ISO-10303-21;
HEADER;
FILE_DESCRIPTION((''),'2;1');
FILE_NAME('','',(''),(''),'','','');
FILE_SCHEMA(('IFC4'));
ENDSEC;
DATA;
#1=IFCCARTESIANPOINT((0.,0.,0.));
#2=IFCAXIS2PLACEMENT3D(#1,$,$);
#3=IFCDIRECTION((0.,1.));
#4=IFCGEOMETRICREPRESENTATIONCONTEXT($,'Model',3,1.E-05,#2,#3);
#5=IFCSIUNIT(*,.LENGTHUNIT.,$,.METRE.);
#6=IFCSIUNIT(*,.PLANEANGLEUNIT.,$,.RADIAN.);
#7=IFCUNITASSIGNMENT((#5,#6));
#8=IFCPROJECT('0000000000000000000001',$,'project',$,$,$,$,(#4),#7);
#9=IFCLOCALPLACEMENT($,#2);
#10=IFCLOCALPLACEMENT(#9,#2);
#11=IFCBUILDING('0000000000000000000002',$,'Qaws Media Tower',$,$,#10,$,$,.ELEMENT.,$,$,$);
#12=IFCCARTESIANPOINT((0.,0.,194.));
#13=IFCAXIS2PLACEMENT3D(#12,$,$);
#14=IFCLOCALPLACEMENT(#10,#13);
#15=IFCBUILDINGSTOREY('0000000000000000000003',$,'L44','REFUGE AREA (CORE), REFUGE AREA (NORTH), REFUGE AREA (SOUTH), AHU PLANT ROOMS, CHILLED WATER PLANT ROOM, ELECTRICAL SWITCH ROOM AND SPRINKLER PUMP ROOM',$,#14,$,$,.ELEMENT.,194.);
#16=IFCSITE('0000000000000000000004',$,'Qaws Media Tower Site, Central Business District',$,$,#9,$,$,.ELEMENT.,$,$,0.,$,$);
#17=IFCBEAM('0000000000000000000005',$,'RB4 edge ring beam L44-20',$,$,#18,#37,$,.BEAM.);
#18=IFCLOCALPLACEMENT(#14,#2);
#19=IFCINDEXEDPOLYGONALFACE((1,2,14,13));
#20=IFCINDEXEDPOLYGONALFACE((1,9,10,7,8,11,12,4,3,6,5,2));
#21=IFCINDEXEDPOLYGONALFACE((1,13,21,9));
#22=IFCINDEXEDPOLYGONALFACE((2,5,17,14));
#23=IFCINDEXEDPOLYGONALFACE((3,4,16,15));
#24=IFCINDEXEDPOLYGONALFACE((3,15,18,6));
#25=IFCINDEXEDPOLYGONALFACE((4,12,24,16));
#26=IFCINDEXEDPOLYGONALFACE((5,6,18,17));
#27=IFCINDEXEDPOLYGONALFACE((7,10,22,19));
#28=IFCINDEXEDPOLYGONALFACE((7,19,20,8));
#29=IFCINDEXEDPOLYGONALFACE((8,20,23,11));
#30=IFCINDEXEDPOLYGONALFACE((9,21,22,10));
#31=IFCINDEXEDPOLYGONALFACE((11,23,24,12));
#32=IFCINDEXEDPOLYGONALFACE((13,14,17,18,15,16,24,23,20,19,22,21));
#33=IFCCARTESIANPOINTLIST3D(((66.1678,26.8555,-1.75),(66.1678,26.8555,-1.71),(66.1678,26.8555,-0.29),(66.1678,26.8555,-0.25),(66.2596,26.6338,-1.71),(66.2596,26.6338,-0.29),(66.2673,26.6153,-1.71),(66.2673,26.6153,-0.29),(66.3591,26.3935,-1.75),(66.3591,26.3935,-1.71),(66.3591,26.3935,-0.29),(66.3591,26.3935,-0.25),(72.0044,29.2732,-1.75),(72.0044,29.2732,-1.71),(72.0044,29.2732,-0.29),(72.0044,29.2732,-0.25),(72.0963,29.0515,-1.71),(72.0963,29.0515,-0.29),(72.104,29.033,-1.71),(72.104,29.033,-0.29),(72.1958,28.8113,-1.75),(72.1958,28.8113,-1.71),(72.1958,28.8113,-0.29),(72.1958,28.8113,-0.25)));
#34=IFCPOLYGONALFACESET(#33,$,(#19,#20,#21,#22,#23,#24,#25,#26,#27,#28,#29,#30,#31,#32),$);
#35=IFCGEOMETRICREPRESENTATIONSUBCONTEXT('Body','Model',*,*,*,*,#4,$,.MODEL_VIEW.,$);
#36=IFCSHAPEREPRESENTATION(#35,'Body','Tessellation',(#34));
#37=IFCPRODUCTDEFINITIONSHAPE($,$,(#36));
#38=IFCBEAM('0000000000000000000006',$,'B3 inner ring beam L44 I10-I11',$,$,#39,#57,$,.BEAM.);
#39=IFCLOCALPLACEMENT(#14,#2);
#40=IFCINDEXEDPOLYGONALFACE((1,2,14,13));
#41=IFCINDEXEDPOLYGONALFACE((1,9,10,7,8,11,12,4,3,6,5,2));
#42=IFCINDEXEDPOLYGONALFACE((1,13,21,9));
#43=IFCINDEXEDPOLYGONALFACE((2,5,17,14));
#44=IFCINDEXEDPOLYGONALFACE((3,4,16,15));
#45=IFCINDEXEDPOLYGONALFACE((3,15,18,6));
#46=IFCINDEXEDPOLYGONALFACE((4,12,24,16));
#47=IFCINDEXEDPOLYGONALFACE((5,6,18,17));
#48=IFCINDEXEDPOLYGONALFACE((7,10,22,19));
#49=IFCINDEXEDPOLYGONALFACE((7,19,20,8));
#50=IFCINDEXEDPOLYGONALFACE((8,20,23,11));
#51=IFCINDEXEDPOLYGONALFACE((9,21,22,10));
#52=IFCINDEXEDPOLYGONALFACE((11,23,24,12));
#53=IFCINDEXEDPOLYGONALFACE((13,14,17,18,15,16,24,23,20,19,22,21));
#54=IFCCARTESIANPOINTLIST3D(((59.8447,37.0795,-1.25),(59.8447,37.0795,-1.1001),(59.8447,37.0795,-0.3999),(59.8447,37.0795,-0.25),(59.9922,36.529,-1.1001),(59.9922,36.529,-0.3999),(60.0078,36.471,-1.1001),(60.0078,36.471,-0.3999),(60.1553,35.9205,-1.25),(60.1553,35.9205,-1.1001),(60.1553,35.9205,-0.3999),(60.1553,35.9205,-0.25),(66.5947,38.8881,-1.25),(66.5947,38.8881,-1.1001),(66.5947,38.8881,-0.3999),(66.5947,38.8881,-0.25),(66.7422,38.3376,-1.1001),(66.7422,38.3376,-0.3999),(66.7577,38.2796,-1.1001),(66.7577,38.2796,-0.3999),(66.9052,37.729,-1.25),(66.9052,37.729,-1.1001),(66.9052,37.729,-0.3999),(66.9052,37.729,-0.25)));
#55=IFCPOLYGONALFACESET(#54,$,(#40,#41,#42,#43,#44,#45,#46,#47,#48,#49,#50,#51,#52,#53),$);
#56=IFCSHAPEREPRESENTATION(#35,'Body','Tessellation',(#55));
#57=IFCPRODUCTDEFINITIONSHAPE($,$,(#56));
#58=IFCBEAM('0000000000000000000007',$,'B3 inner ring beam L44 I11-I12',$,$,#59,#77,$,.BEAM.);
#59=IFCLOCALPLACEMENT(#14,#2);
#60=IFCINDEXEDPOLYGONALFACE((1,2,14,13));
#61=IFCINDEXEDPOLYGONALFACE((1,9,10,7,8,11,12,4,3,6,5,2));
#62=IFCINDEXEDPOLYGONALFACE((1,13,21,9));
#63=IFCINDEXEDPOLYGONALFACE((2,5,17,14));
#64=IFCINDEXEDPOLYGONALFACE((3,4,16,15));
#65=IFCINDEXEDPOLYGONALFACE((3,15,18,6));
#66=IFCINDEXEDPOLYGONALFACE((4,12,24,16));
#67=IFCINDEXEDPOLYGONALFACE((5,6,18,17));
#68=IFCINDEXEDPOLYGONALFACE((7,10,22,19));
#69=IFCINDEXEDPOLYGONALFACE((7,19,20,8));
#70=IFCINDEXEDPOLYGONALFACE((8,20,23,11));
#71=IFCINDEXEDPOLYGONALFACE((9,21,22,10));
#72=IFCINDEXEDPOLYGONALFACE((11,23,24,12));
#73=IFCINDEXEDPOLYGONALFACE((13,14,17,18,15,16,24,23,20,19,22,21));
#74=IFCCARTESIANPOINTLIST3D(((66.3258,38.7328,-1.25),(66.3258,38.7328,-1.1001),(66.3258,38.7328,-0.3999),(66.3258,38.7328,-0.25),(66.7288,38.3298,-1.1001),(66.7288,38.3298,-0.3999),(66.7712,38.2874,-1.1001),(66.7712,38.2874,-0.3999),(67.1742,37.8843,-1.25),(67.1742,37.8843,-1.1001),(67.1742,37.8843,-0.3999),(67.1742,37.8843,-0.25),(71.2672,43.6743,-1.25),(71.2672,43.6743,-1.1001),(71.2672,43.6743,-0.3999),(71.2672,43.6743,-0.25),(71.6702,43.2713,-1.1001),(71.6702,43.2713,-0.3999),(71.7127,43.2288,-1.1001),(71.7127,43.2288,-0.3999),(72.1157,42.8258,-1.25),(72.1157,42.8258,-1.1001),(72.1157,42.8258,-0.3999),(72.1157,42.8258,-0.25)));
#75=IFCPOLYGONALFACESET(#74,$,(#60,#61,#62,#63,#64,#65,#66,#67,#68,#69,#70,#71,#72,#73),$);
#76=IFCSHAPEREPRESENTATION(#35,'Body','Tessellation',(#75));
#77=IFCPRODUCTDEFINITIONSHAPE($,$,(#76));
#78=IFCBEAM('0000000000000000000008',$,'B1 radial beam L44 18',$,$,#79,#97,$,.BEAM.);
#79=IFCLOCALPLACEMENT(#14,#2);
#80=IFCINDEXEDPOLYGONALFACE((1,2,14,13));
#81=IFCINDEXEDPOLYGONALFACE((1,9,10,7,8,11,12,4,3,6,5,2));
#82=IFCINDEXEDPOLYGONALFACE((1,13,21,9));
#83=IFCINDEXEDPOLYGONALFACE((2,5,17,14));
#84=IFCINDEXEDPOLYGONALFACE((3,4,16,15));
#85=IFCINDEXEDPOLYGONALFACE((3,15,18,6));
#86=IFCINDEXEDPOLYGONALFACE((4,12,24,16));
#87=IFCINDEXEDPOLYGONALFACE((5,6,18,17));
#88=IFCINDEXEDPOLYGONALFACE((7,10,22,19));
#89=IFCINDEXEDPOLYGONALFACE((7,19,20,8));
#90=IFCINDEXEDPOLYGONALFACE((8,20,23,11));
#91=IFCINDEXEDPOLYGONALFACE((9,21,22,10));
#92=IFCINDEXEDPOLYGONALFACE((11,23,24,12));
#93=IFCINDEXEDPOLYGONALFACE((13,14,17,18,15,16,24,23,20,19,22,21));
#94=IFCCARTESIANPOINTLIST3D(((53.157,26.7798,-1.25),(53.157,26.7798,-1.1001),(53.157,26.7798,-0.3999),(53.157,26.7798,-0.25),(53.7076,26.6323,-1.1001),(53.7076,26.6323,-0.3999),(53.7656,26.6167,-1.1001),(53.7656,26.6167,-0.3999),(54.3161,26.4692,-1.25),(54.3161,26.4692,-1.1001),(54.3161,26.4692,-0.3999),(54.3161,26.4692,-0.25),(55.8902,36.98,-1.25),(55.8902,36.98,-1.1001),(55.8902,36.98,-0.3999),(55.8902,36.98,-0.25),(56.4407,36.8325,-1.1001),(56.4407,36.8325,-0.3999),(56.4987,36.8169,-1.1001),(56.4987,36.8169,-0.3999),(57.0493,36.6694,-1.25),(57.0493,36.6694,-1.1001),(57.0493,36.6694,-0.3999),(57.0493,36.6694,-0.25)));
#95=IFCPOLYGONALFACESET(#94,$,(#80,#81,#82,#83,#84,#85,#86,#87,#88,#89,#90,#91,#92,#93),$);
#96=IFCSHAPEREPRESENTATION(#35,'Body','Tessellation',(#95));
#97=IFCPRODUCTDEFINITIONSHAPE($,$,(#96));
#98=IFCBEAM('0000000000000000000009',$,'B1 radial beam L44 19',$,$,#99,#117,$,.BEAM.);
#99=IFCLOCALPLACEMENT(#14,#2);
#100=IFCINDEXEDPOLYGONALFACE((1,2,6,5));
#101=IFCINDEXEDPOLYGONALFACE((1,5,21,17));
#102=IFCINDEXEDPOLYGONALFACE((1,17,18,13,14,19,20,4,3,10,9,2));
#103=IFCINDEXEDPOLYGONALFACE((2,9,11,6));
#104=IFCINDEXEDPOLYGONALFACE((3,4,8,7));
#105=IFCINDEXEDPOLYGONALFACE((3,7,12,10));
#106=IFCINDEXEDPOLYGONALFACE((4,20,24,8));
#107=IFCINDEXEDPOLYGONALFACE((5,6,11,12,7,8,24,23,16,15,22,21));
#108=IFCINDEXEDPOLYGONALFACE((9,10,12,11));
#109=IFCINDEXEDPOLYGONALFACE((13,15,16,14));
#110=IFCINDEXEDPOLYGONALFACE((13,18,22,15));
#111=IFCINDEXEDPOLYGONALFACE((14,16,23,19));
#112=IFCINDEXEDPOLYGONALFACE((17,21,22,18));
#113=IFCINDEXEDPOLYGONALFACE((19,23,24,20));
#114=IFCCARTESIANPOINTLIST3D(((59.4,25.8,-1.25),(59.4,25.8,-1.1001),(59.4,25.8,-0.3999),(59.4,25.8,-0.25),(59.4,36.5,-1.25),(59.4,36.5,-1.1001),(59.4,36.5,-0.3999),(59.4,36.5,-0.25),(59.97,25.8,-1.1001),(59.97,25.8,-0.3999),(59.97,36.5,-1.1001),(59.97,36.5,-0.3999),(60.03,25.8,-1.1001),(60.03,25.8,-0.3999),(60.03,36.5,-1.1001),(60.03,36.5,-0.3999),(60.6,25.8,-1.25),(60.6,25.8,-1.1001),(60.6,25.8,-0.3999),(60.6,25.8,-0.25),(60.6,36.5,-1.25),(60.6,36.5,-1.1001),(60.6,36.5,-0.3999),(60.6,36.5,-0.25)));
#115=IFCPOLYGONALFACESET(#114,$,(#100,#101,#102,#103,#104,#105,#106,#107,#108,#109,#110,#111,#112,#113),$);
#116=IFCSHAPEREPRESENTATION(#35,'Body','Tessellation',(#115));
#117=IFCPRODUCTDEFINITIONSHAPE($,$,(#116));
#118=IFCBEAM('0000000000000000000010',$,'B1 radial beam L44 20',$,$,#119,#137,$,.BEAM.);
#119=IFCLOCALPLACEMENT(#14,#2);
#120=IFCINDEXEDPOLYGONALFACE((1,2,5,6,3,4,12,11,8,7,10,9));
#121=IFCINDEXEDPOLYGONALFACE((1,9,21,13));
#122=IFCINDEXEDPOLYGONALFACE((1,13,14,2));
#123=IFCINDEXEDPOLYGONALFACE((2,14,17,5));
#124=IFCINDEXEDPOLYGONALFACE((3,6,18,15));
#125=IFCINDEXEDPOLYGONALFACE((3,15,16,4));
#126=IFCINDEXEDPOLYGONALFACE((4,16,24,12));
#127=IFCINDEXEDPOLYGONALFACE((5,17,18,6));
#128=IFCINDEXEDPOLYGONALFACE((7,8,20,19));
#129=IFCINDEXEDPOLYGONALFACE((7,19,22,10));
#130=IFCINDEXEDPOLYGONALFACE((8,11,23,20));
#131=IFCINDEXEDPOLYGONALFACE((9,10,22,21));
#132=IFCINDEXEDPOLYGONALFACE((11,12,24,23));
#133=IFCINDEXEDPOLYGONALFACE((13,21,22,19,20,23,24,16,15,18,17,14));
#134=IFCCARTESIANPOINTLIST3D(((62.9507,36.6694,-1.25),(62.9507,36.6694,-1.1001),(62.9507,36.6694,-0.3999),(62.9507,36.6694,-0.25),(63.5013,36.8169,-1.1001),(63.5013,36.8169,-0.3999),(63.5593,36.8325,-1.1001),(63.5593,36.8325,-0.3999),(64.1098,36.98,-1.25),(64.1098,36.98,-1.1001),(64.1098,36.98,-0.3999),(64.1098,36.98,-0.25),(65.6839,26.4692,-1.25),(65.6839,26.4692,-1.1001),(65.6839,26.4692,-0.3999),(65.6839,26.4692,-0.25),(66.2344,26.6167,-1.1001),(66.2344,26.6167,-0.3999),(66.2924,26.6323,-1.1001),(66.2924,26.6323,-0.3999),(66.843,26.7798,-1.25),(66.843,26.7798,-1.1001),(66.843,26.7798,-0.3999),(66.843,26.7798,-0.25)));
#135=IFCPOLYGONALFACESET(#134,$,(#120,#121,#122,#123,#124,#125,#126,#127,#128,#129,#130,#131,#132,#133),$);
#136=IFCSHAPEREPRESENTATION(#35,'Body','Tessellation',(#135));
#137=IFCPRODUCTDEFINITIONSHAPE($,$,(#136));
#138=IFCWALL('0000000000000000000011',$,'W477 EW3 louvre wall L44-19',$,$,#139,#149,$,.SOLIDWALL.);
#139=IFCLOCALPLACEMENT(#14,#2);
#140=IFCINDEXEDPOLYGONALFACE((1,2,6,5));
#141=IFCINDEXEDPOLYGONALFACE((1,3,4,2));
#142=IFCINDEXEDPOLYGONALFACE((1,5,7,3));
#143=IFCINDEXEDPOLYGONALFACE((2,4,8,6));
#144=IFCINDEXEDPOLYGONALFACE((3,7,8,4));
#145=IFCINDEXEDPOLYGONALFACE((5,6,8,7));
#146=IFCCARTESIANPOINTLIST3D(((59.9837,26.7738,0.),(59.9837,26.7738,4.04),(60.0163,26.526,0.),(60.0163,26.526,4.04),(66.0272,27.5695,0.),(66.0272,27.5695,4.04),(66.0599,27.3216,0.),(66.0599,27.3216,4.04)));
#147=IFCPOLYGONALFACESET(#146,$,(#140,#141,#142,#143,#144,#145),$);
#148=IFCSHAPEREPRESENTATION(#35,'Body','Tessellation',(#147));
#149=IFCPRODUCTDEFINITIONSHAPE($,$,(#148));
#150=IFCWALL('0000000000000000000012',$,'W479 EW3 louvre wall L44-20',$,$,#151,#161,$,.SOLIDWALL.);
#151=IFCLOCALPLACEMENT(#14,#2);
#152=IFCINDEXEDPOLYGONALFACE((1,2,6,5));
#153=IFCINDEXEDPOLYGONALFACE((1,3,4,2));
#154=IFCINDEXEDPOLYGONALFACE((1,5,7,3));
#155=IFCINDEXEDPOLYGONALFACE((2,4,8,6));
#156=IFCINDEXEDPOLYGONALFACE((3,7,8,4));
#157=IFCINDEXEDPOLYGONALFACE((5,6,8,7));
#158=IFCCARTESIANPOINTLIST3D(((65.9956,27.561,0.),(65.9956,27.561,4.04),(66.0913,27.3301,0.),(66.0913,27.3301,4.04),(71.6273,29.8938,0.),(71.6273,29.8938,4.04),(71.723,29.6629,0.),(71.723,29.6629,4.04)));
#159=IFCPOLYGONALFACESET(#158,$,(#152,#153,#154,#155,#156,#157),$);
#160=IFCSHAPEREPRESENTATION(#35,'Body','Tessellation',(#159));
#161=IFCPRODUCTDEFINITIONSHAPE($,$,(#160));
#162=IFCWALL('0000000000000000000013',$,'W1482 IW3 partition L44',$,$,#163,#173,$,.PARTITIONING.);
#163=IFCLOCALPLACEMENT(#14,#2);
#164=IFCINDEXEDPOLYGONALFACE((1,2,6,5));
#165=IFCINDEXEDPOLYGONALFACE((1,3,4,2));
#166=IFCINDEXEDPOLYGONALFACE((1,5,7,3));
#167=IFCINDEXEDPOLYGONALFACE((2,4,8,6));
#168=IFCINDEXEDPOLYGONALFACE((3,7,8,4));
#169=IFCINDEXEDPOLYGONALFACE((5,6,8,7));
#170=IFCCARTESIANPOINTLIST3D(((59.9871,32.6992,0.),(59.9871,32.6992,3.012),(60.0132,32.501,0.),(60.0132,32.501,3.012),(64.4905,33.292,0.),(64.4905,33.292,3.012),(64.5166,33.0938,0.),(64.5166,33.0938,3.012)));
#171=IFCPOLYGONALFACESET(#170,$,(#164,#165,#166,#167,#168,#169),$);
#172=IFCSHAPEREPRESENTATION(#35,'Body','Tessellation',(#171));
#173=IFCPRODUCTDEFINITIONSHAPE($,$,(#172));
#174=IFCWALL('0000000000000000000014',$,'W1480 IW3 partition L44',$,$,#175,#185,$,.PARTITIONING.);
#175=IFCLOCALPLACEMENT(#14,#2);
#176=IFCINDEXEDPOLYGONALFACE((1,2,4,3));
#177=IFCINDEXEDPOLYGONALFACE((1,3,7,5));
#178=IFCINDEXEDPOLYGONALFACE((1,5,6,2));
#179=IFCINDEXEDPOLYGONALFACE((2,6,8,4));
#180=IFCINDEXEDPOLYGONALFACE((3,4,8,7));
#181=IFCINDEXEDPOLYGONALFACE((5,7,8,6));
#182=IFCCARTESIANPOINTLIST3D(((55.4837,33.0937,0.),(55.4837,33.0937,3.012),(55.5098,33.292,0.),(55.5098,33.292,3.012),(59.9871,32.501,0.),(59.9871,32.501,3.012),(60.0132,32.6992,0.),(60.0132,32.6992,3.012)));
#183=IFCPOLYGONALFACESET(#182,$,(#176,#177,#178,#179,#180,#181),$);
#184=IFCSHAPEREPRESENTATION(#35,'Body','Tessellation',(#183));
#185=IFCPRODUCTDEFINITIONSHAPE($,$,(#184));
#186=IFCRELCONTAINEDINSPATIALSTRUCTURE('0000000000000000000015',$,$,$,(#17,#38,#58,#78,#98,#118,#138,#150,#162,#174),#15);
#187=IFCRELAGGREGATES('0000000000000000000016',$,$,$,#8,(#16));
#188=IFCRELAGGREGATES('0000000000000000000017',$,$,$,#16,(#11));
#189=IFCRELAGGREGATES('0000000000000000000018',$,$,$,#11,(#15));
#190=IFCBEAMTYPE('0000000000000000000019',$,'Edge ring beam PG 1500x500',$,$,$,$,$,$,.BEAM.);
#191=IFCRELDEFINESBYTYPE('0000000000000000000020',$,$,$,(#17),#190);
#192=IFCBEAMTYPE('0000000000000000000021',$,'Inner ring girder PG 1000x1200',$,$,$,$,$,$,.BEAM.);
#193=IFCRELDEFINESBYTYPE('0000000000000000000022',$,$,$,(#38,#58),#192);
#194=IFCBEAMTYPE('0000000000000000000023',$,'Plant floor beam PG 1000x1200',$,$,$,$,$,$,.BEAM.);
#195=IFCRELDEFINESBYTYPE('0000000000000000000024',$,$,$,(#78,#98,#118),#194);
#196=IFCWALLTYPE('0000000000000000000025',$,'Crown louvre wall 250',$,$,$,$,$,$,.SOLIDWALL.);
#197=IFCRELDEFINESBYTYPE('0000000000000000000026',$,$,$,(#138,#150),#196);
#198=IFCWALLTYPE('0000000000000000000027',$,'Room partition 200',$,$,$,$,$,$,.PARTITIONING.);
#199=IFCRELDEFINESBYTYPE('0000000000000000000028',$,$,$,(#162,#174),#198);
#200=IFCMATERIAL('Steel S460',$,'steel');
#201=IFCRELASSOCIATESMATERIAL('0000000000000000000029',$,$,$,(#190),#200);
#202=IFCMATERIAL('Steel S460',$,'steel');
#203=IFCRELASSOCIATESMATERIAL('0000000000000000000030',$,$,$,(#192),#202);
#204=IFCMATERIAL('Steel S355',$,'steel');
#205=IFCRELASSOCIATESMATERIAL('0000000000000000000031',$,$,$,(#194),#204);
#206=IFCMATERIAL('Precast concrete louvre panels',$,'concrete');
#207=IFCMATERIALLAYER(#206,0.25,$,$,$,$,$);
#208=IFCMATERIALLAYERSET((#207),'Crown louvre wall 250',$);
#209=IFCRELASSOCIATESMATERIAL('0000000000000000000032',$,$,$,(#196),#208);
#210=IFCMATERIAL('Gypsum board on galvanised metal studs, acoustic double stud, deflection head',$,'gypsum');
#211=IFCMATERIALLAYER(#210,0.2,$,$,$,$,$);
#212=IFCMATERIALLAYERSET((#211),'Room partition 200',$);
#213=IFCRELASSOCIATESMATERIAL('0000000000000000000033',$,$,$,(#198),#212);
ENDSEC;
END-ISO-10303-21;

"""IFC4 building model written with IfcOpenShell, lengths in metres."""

from ifc_helpers import new_model, si_unit, direction, frame, frame_2d, origin, origin_2d, place, context, subcontext, project, spatial, rectangle, i_section, extrude, material, layer, layer_set, material_profile, profile_set, type_object, element, save


model = new_model("IFC4")

# Units and contexts
model_context = context("Model", 3, precision=1e-05, world=origin(), true_north=direction((0.0, 1.0)))
body_context = subcontext(model_context, "Body", "Model", "MODEL_VIEW")
ifc_project = project(units=[si_unit("LENGTHUNIT", "METRE"), si_unit("PLANEANGLEUNIT", "RADIAN")], contexts=[model_context])

# Site, building, storey
site_placement = place(None, origin())
site = spatial("IfcSite", under=ifc_project, at=site_placement, Name="Qaws Media Tower Site, Central Business District", CompositionType="ELEMENT", RefElevation=0.0)
building_placement = place(site_placement, origin())
building = spatial("IfcBuilding", under=site, at=building_placement, Name="Qaws Media Tower", CompositionType="ELEMENT")
storey_placement = place(building_placement, frame((0.0, 0.0, 194.0)))
storey = spatial("IfcBuildingStorey", under=building, at=storey_placement, Name="L44", Description="REFUGE AREA (CORE), REFUGE AREA (NORTH), REFUGE AREA (SOUTH), AHU PLANT ROOMS, CHILLED WATER PLANT ROOM, ELECTRICAL SWITCH ROOM AND SPRINKLER PUMP ROOM", CompositionType="ELEMENT", Elevation=194.0)

# Beams
ifc_material_1 = material(Name="Steel S460", Category="steel")
ifc_material_profile_1 = material_profile(ifc_material_1, i_section(OverallWidth=0.5, OverallDepth=1.5, WebThickness=0.02, FlangeThickness=0.04, at=origin_2d()), Name="PG 1500x500")
ifc_profile_set_1 = profile_set([ifc_material_profile_1], Name="Steel S460")
beam_type_1 = type_object("IfcBeamType", Name="Edge ring beam PG 1500x500", PredefinedType="BEAM", material=ifc_profile_set_1)
beam_1_placement = place(storey_placement, frame((66.2634, 26.6245, -1.0), z_axis=(0.923874, 0.382697, 0.0), x_axis=(-0.382697, 0.923874, 0.0)))
element("IfcBeam", 1, at=beam_1_placement, inside=storey, type_object=beam_type_1, Name="RB4 edge ring beam L44-20", PredefinedType="BEAM", context=body_context, shape_type="SweptSolid", body=[
    extrude(i_section(OverallWidth=0.5, OverallDepth=1.5, WebThickness=0.02, FlangeThickness=0.04, at=origin_2d()), origin(), (0.0, 0.0, 1.0), 6.3176),
])
ifc_material_2 = material(Name="Steel S460", Category="steel")
ifc_material_profile_2 = material_profile(ifc_material_2, i_section(OverallWidth=1.2, OverallDepth=1.0, WebThickness=0.0601, FlangeThickness=0.1499, at=origin_2d()), Name="PG 1000x1200")
ifc_profile_set_2 = profile_set([ifc_material_profile_2], Name="Steel S460")
beam_type_2 = type_object("IfcBeamType", Name="Inner ring girder PG 1000x1200", PredefinedType="BEAM", material=ifc_profile_set_2)
beam_2_placement = place(storey_placement, frame((60.0, 36.5, -0.75), z_axis=(0.965928, 0.258811, 0.0), x_axis=(-0.258811, 0.965928, 0.0)))
element("IfcBeam", 2, at=beam_2_placement, inside=storey, type_object=beam_type_2, Name="B3 inner ring beam L44 I10-I11", PredefinedType="BEAM", context=body_context, shape_type="SweptSolid", body=[
    extrude(i_section(OverallWidth=1.2, OverallDepth=1.0, WebThickness=0.0601, FlangeThickness=0.1499, at=origin_2d()), origin(), (0.0, 0.0, 1.0), 6.988),
])
beam_3_placement = place(storey_placement, frame((66.75, 38.3086, -0.75), z_axis=(0.707107, 0.707107, 0.0), x_axis=(-0.707107, 0.707107, 0.0)))
element("IfcBeam", 3, at=beam_3_placement, inside=storey, type_object=beam_type_2, Name="B3 inner ring beam L44 I11-I12", PredefinedType="BEAM", context=body_context, shape_type="SweptSolid", body=[
    extrude(i_section(OverallWidth=1.2, OverallDepth=1.0, WebThickness=0.0601, FlangeThickness=0.1499, at=origin_2d()), origin(), (0.0, 0.0, 1.0), 6.9883),
])
ifc_material_3 = material(Name="Steel S355", Category="steel")
ifc_material_profile_3 = material_profile(ifc_material_3, i_section(OverallWidth=1.2, OverallDepth=1.0, WebThickness=0.0601, FlangeThickness=0.1499, at=origin_2d()), Name="PG 1000x1200")
ifc_profile_set_3 = profile_set([ifc_material_profile_3], Name="Steel S355")
beam_type_3 = type_object("IfcBeamType", Name="Plant floor beam PG 1000x1200", PredefinedType="BEAM", material=ifc_profile_set_3)
beam_4_placement = place(storey_placement, frame((56.4697, 36.8247, -0.75), z_axis=(-0.258821, -0.965925, 0.0), x_axis=(0.965925, -0.258821, 0.0)))
element("IfcBeam", 4, at=beam_4_placement, inside=storey, type_object=beam_type_3, Name="B1 radial beam L44 18", PredefinedType="BEAM", context=body_context, shape_type="SweptSolid", body=[
    extrude(i_section(OverallWidth=1.2, OverallDepth=1.0, WebThickness=0.0601, FlangeThickness=0.1499, at=origin_2d()), origin(), (0.0, 0.0, 1.0), 10.5601),
])
beam_5_placement = place(storey_placement, frame((60.0, 36.5, -0.75), z_axis=(0.0, -1.0, 0.0), x_axis=(1.0, 0.0, 0.0)))
element("IfcBeam", 5, at=beam_5_placement, inside=storey, type_object=beam_type_3, Name="B1 radial beam L44 19", PredefinedType="BEAM", context=body_context, shape_type="SweptSolid", body=[
    extrude(i_section(OverallWidth=1.2, OverallDepth=1.0, WebThickness=0.0601, FlangeThickness=0.1499, at=origin_2d()), origin(), (0.0, 0.0, 1.0), 10.7),
])
beam_6_placement = place(storey_placement, frame((63.5303, 36.8247, -0.75), z_axis=(0.258821, -0.965925, 0.0), x_axis=(0.965925, 0.258821, 0.0)))
element("IfcBeam", 6, at=beam_6_placement, inside=storey, type_object=beam_type_3, Name="B1 radial beam L44 20", PredefinedType="BEAM", context=body_context, shape_type="SweptSolid", body=[
    extrude(i_section(OverallWidth=1.2, OverallDepth=1.0, WebThickness=0.0601, FlangeThickness=0.1499, at=origin_2d()), origin(), (0.0, 0.0, 1.0), 10.5601),
])

# Walls
ifc_material_4 = material(Name="Precast concrete louvre panels", Category="concrete")
ifc_layer_1 = layer(ifc_material_4, 0.25)
ifc_layer_set_1 = layer_set([ifc_layer_1], Name="Crown louvre wall 250")
wall_type_1 = type_object("IfcWallType", Name="Crown louvre wall 250", PredefinedType="SOLIDWALL", material=ifc_layer_set_1)
for number, where, z_axis, x_axis, name in (
    (7, (60.0, 26.6499, 0.0), (0.0, 0.0, 1.0), (0.991444, 0.130529, 0.0), "W477 EW3 louvre wall L44-19"),
    (8, (66.0435, 27.4456, 0.0), (0.0, 0.0, 1.0), (0.923875, 0.382695, 0.0), "W479 EW3 louvre wall L44-20"),
):
    element("IfcWall", number, at=place(storey_placement, frame(where, z_axis=z_axis, x_axis=x_axis)), inside=storey, type_object=wall_type_1, Name=name, PredefinedType="SOLIDWALL", context=body_context, shape_type="SweptSolid", body=[
        extrude(rectangle(XDim=6.0957, YDim=0.25, at=frame_2d((3.0479, 0.0))), origin(), (0.0, 0.0, 1.0), 4.04),
    ])

# Shared definitions
ifc_material_5 = material(Name="Gypsum board on galvanised metal studs, acoustic double stud, deflection head", Category="gypsum")
ifc_layer_2 = layer(ifc_material_5, 0.2)
ifc_layer_set_2 = layer_set([ifc_layer_2], Name="Room partition 200")
wall_type_2 = type_object("IfcWallType", Name="Room partition 200", PredefinedType="PARTITIONING", material=ifc_layer_set_2)

# Walls
for number, where, z_axis, x_axis, name in (
    (9, (64.5034, 33.1929, 0.0), (0.0, 0.0, 1.0), (-0.991448, -0.130502, 0.0), "W1482 IW3 partition L44"),
    (10, (60.0, 32.6001, 0.0), (0.0, 0.0, 1.0), (-0.991448, 0.130502, 0.0), "W1480 IW3 partition L44"),
):
    element("IfcWall", number, at=place(storey_placement, frame(where, z_axis=z_axis, x_axis=x_axis)), inside=storey, type_object=wall_type_2, Name=name, PredefinedType="PARTITIONING", context=body_context, shape_type="SweptSolid", body=[
        extrude(rectangle(XDim=4.5422, YDim=0.2, at=frame_2d((2.271, 0.0))), origin(), (0.0, 0.0, 1.0), 3.012),
    ])

save(model, "model.ifc")
